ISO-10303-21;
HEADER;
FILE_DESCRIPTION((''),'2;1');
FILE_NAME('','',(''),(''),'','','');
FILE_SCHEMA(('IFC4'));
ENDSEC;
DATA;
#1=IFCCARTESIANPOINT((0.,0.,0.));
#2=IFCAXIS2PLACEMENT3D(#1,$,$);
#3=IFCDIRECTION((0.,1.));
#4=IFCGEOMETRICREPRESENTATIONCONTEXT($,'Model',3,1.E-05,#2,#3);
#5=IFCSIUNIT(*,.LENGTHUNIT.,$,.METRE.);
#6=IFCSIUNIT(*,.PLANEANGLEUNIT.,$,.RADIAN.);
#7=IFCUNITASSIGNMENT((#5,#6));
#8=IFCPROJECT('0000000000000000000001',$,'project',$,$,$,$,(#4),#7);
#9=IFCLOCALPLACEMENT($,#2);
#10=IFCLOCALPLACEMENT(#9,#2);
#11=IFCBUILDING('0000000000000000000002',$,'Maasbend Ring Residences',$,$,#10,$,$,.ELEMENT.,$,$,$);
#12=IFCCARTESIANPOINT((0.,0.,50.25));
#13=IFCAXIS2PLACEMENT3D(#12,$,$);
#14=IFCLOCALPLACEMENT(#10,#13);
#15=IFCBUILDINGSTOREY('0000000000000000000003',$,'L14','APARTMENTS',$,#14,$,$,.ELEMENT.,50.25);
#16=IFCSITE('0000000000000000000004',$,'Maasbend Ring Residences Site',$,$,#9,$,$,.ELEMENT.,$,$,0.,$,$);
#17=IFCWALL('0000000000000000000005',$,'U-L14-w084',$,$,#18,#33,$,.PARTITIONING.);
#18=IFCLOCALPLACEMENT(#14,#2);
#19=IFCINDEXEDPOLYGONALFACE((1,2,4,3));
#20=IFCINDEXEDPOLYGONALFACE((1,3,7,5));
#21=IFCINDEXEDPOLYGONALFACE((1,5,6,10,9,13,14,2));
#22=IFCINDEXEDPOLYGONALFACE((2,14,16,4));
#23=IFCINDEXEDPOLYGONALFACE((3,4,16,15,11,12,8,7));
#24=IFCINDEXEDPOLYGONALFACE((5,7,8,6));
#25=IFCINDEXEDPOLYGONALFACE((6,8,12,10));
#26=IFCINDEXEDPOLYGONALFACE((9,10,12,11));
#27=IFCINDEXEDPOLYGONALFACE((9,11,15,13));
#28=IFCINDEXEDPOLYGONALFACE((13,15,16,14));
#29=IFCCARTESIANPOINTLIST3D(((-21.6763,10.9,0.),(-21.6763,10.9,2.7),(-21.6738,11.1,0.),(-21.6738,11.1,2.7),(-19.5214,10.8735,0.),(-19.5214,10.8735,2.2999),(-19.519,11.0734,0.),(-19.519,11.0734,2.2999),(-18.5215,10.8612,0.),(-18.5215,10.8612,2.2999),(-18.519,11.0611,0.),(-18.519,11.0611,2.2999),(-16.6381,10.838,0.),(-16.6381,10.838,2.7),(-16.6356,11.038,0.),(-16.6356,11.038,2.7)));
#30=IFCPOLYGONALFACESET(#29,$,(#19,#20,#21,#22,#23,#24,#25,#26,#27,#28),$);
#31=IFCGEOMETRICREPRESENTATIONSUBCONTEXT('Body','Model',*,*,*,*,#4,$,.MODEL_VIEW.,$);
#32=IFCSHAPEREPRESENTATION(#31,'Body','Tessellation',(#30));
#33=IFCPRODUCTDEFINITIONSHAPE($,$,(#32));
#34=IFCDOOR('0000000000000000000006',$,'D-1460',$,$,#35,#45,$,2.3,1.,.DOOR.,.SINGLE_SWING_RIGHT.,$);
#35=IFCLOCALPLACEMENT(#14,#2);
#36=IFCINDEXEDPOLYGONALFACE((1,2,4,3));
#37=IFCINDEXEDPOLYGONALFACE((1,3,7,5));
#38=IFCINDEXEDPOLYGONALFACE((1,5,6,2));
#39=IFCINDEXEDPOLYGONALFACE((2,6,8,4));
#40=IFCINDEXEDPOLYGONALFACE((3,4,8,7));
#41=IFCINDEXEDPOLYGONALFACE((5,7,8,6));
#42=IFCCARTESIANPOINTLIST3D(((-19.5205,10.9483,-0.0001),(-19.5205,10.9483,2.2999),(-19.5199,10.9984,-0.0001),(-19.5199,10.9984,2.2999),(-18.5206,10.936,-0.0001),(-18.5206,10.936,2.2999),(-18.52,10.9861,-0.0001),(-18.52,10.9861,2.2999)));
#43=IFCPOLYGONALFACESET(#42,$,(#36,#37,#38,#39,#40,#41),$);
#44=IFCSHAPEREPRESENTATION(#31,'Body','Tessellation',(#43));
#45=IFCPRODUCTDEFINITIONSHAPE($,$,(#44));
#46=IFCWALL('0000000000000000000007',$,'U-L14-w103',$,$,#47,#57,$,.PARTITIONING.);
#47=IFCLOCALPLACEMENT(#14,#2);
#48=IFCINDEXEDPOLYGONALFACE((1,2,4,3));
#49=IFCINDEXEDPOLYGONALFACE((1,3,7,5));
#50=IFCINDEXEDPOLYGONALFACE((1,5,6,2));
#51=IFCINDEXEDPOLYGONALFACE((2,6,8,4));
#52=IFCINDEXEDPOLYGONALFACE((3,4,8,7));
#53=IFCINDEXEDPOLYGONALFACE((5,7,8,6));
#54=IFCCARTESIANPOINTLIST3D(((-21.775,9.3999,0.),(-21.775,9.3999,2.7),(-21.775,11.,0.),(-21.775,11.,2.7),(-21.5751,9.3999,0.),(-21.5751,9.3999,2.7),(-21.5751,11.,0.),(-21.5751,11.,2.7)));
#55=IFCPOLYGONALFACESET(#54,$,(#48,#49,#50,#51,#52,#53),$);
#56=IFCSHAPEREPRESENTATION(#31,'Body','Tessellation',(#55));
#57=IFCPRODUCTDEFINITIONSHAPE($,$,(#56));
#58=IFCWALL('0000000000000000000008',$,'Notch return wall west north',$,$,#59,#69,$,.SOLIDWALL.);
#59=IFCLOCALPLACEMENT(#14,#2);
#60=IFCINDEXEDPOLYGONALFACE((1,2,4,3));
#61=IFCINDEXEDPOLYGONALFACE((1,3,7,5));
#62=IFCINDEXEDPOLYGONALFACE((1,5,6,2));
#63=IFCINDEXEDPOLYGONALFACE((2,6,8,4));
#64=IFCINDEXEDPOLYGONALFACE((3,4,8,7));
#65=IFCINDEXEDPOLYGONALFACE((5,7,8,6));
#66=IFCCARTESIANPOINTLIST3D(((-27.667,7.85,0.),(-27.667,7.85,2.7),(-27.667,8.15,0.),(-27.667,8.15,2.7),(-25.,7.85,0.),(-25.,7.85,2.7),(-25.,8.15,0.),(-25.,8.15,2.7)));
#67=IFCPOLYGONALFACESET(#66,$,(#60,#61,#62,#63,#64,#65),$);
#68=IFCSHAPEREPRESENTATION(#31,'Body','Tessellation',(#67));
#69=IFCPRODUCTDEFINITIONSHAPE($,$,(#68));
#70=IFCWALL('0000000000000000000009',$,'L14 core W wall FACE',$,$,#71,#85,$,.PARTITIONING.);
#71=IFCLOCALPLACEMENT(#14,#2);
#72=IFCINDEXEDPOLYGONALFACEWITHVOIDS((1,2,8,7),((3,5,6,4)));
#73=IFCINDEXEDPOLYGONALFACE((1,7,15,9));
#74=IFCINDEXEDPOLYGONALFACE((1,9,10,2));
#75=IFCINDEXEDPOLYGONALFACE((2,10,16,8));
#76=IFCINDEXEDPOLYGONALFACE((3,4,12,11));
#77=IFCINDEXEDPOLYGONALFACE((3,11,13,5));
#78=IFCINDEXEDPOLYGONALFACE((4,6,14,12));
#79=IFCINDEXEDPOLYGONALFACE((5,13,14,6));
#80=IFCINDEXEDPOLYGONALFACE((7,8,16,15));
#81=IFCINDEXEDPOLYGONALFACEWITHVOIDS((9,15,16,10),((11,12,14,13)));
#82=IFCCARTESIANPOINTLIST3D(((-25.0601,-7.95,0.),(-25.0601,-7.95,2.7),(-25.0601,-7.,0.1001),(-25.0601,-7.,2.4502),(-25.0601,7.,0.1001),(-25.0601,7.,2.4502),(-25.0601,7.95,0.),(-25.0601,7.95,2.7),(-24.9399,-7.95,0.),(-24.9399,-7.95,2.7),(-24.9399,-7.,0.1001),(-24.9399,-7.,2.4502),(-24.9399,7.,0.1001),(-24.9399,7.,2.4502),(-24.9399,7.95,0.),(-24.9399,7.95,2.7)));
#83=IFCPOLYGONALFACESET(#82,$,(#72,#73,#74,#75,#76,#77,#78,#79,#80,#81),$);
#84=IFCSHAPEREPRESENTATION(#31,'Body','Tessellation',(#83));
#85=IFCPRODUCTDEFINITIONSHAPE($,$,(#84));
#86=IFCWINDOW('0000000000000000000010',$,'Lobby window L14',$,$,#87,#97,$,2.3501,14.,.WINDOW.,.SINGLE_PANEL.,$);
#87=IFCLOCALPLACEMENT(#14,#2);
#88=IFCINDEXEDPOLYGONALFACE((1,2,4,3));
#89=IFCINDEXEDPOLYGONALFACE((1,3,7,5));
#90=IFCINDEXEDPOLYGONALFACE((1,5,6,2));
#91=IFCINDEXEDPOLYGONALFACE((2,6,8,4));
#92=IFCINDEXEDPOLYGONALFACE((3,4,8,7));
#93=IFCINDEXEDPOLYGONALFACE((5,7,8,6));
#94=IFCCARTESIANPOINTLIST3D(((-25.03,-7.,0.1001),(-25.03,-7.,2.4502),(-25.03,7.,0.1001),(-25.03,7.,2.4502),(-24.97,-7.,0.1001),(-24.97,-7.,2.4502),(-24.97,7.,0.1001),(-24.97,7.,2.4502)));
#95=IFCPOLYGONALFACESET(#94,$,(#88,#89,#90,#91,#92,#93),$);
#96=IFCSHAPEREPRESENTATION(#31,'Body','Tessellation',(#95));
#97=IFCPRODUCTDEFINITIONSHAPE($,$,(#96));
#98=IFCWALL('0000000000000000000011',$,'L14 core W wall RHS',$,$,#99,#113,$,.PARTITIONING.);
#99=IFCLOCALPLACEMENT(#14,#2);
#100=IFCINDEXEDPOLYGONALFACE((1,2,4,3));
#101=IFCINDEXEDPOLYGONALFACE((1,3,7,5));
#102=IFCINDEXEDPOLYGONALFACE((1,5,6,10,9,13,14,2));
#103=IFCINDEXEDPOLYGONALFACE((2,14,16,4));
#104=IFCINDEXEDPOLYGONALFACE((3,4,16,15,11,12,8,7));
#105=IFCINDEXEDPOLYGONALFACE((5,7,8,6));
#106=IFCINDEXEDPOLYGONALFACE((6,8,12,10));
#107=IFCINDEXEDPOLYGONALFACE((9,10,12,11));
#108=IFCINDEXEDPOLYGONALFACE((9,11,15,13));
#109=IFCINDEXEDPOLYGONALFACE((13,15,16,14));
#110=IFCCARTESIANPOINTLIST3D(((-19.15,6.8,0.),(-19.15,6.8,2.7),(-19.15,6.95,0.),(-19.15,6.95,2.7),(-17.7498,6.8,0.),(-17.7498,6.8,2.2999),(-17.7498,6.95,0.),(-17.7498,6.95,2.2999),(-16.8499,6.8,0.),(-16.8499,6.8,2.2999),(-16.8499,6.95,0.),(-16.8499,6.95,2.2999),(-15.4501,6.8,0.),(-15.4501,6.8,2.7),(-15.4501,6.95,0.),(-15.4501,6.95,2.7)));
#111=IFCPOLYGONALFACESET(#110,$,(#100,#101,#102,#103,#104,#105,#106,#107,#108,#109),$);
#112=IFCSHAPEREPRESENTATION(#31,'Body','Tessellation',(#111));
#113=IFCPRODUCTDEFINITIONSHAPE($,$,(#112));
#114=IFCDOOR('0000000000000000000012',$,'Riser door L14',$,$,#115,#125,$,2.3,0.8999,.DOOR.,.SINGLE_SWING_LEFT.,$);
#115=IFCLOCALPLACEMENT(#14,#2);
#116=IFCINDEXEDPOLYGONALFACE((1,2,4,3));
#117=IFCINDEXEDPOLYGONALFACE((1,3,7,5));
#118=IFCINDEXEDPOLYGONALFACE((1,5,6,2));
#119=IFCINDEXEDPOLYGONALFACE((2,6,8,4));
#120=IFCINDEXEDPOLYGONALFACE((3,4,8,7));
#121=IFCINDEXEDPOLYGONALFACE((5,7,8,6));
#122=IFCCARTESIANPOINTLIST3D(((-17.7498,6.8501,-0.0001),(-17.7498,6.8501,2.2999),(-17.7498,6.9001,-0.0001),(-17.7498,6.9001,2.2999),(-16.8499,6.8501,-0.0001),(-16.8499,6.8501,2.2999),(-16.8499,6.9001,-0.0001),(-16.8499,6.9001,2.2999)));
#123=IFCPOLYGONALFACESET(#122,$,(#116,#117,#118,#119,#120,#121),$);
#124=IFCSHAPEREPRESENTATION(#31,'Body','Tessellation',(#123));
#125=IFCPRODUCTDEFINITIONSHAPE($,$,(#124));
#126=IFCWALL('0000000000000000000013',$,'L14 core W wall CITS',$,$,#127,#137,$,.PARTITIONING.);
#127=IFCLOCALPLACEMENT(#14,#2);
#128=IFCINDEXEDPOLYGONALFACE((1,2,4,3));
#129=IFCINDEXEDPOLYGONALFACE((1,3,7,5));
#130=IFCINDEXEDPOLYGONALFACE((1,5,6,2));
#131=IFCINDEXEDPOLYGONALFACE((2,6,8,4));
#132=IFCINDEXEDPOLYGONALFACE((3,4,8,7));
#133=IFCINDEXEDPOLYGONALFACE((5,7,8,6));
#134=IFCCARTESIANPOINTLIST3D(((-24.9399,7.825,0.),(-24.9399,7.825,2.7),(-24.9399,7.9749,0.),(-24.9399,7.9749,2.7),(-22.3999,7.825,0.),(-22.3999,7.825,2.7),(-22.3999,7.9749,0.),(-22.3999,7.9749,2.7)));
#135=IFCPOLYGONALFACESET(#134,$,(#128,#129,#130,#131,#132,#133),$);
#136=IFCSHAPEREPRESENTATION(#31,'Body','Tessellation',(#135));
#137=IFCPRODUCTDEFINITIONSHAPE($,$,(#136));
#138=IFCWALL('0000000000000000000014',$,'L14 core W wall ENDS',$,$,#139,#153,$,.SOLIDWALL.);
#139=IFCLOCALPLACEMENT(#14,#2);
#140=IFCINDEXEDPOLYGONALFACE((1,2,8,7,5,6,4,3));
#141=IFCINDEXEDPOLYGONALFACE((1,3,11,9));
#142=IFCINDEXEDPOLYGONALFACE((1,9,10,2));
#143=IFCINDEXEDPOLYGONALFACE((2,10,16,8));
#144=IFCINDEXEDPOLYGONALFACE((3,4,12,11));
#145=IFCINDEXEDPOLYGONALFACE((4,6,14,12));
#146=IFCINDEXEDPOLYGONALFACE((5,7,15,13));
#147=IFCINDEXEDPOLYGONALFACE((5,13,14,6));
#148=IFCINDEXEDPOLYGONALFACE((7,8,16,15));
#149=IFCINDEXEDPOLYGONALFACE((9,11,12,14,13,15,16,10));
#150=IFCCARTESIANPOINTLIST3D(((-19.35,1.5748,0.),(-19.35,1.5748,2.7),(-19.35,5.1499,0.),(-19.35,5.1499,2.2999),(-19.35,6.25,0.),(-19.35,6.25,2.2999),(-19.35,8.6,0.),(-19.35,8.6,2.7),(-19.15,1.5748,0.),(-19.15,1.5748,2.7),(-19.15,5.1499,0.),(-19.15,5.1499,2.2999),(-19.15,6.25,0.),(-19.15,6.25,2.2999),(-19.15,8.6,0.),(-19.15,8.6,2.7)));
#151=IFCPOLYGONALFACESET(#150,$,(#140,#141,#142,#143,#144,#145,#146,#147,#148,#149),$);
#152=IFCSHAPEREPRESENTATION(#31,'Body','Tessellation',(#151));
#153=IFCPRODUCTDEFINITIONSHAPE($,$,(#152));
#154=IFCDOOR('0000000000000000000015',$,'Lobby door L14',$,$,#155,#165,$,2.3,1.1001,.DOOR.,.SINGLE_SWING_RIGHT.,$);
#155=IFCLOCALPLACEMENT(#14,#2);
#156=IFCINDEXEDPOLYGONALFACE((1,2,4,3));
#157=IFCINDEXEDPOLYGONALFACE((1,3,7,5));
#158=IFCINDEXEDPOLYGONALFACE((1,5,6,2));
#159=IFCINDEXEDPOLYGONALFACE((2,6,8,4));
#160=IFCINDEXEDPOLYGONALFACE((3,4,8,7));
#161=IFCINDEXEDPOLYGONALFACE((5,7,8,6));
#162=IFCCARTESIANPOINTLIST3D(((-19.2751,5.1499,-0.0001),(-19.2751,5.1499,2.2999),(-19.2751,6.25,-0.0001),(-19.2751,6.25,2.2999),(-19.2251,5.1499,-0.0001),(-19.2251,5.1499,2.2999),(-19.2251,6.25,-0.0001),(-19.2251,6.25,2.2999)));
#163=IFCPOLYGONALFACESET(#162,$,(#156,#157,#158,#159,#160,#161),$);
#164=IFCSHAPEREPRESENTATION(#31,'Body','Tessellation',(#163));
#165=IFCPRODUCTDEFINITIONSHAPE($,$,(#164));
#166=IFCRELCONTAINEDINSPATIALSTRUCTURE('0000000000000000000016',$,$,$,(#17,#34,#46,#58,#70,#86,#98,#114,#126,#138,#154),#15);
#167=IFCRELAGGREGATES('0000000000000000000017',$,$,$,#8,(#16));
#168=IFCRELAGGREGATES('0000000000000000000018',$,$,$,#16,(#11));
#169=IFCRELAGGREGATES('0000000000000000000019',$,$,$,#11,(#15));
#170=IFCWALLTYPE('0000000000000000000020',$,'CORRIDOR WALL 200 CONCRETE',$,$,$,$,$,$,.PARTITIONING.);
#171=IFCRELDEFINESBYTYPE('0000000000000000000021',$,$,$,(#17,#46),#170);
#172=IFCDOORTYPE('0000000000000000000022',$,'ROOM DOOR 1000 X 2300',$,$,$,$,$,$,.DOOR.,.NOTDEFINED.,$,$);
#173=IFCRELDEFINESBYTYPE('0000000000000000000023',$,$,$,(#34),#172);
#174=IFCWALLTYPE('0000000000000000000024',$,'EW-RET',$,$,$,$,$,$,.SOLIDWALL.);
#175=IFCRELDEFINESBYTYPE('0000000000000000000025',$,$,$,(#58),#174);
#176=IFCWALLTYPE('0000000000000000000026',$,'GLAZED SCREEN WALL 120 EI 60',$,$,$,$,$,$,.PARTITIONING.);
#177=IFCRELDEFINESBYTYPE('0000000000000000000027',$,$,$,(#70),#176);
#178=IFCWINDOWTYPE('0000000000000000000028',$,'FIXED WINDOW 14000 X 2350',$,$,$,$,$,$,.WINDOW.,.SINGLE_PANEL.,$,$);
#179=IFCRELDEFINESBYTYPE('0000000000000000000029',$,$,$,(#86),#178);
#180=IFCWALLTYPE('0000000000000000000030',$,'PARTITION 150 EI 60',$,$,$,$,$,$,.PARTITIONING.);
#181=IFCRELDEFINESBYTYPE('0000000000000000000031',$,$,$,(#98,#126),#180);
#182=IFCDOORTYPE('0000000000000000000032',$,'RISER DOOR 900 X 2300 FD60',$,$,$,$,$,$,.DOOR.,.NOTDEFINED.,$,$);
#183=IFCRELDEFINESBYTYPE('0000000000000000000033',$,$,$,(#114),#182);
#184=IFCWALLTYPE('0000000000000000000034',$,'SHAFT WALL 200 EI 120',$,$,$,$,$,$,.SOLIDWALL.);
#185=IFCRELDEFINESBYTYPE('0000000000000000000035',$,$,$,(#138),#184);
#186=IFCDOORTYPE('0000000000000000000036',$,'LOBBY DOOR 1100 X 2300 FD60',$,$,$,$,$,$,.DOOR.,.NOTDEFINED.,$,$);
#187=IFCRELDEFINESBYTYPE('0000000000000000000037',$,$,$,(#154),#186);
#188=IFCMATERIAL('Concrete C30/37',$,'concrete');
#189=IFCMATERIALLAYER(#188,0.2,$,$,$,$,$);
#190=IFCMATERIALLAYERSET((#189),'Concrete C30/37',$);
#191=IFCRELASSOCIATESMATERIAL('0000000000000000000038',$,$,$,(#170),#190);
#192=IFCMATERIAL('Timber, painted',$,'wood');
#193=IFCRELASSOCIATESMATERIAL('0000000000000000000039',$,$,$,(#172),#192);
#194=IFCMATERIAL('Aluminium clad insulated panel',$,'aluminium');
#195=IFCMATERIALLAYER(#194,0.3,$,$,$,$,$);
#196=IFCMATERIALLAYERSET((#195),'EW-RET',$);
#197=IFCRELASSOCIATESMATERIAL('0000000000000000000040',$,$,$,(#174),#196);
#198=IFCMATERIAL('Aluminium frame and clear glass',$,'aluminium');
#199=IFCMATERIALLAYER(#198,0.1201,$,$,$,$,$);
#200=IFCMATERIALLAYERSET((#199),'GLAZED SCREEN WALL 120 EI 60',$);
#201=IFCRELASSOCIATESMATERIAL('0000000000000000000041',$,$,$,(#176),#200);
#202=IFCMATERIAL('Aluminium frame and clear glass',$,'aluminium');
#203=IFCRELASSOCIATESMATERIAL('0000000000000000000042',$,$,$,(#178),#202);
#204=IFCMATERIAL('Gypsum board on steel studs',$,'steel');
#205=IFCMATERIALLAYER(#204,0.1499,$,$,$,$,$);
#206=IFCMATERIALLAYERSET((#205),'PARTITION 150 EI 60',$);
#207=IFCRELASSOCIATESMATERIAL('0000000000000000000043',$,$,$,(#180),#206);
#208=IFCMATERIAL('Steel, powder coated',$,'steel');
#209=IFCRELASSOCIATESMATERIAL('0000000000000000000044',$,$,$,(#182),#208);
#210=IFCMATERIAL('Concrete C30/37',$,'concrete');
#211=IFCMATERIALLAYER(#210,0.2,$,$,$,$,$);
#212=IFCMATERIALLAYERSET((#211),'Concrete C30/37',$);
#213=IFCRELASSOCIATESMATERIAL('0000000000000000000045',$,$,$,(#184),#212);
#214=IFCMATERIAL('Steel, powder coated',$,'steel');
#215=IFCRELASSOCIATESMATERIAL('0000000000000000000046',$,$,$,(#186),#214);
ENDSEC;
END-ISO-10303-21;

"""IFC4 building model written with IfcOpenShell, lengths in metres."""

from ifc_helpers import new_model, si_unit, direction, frame, frame_2d, origin, place, context, subcontext, project, spatial, rectangle, extrude, material, layer, layer_set, type_object, element, fill, save


model = new_model("IFC4")

# Units and contexts
model_context = context("Model", 3, precision=1e-05, world=origin(), true_north=direction((0.0, 1.0)))
body_context = subcontext(model_context, "Body", "Model", "MODEL_VIEW")
ifc_project = project(units=[si_unit("LENGTHUNIT", "METRE"), si_unit("PLANEANGLEUNIT", "RADIAN")], contexts=[model_context])

# Site, building, storey
site_placement = place(None, origin())
site = spatial("IfcSite", under=ifc_project, at=site_placement, Name="Maasbend Ring Residences Site", CompositionType="ELEMENT", RefElevation=0.0)
building_placement = place(site_placement, origin())
building = spatial("IfcBuilding", under=site, at=building_placement, Name="Maasbend Ring Residences", CompositionType="ELEMENT")
storey_placement = place(building_placement, frame((0.0, 0.0, 50.25)))
storey = spatial("IfcBuildingStorey", under=building, at=storey_placement, Name="L14", Description="APARTMENTS", CompositionType="ELEMENT", Elevation=50.25)

# Wall, opening, door
ifc_material_1 = material(Name="Concrete C30/37", Category="concrete")
ifc_layer_1 = layer(ifc_material_1, 0.2)
ifc_layer_set_1 = layer_set([ifc_layer_1], Name="Concrete C30/37")
wall_type_1 = type_object("IfcWallType", Name="CORRIDOR WALL 200 CONCRETE", PredefinedType="PARTITIONING", material=ifc_layer_set_1)
wall_1_placement = place(storey_placement, frame((-21.675, 11.0, 0.0), z_axis=(0.0, 0.0, 1.0), x_axis=(0.999924, -0.012308, 0.0)))
wall_1 = element("IfcWall", 1, at=wall_1_placement, inside=storey, type_object=wall_type_1, Name="U-L14-w084", PredefinedType="PARTITIONING", context=body_context, shape_type="SweptSolid", body=[
    extrude(rectangle(XDim=5.0386, YDim=0.2, at=frame_2d((2.5193, 0.0))), origin(), (0.0, 0.0, 1.0), 2.7),
])
opening_1_placement = place(wall_1_placement, frame((2.155, 0.0, 0.0)))
opening_1 = element("IfcOpeningElement", 2, at=opening_1_placement, cuts=wall_1, PredefinedType="OPENING", context=body_context, shape_type="SweptSolid", body=[
    extrude(rectangle(XDim=1.0, YDim=2.3, at=frame_2d((0.5, 1.1499))), frame((0.0, 0.1099, 0.0), z_axis=(0.0, -1.0, 0.0), x_axis=(1.0, 0.0, 0.0)), (0.0, 0.0, 1.0), 0.22),
])
ifc_material_2 = material(Name="Timber, painted", Category="wood")
door_type_1 = type_object("IfcDoorType", Name="ROOM DOOR 1000 X 2300", OperationType="NOTDEFINED", PredefinedType="DOOR", material=ifc_material_2)
door_1_placement = place(opening_1_placement, origin())
door_1 = element("IfcDoor", 3, at=door_1_placement, inside=storey, type_object=door_type_1, Name="D-1460", OperationType="SINGLE_SWING_RIGHT", OverallHeight=2.3, OverallWidth=1.0, PredefinedType="DOOR", context=body_context, shape_type="SweptSolid", body=[
    extrude(rectangle(XDim=1.0, YDim=2.3, at=frame_2d((0.5, 1.1499))), frame((0.0, 0.0249, 0.0), z_axis=(0.0, -1.0, 0.0), x_axis=(1.0, 0.0, 0.0)), (0.0, 0.0, 1.0), 0.05),
])
fill(opening_1, door_1)

# Walls
wall_2_placement = place(storey_placement, frame((-21.675, 9.3999, 0.0), z_axis=(0.0, 0.0, 1.0), x_axis=(0.0, 1.0, 0.0)))
element("IfcWall", 4, at=wall_2_placement, inside=storey, type_object=wall_type_1, Name="U-L14-w103", PredefinedType="PARTITIONING", context=body_context, shape_type="SweptSolid", body=[
    extrude(rectangle(XDim=1.6001, YDim=0.2, at=frame_2d((0.8, 0.0))), origin(), (0.0, 0.0, 1.0), 2.7),
])
ifc_material_3 = material(Name="Aluminium clad insulated panel", Category="aluminium")
ifc_layer_2 = layer(ifc_material_3, 0.3)
ifc_layer_set_2 = layer_set([ifc_layer_2], Name="EW-RET")
wall_type_2 = type_object("IfcWallType", Name="EW-RET", PredefinedType="SOLIDWALL", material=ifc_layer_set_2)
wall_3_placement = place(storey_placement, frame((-25.0, 8.0, 0.0), z_axis=(0.0, 0.0, 1.0), x_axis=(-1.0, 0.0, 0.0)))
element("IfcWall", 5, at=wall_3_placement, inside=storey, type_object=wall_type_2, Name="Notch return wall west north", PredefinedType="SOLIDWALL", context=body_context, shape_type="SweptSolid", body=[
    extrude(rectangle(XDim=2.667, YDim=0.3, at=frame_2d((1.3335, 0.0))), origin(), (0.0, 0.0, 1.0), 2.7),
])

# Wall, opening, window
ifc_material_4 = material(Name="Aluminium frame and clear glass", Category="aluminium")
ifc_layer_3 = layer(ifc_material_4, 0.1201)
ifc_layer_set_3 = layer_set([ifc_layer_3], Name="GLAZED SCREEN WALL 120 EI 60")
wall_type_3 = type_object("IfcWallType", Name="GLAZED SCREEN WALL 120 EI 60", PredefinedType="PARTITIONING", material=ifc_layer_set_3)
wall_4_placement = place(storey_placement, frame((-25.0, 7.95, 0.0), z_axis=(0.0, 0.0, 1.0), x_axis=(0.0, -1.0, 0.0)))
wall_4 = element("IfcWall", 6, at=wall_4_placement, inside=storey, type_object=wall_type_3, Name="L14 core W wall FACE", PredefinedType="PARTITIONING", context=body_context, shape_type="SweptSolid", body=[
    extrude(rectangle(XDim=15.8999, YDim=0.1201, at=frame_2d((7.95, 0.0))), origin(), (0.0, 0.0, 1.0), 2.7),
])
opening_2_placement = place(wall_4_placement, frame((0.95, 0.0, 0.1001)))
opening_2 = element("IfcOpeningElement", 7, at=opening_2_placement, cuts=wall_4, PredefinedType="OPENING", context=body_context, shape_type="SweptSolid", body=[
    extrude(rectangle(XDim=14.0, YDim=2.3501, at=frame_2d((7.0, 1.175))), frame((0.0, 0.0701, 0.0), z_axis=(0.0, -1.0, 0.0), x_axis=(1.0, 0.0, 0.0)), (0.0, 0.0, 1.0), 0.1401),
])
ifc_material_5 = material(Name="Aluminium frame and clear glass", Category="aluminium")
window_type = type_object("IfcWindowType", Name="FIXED WINDOW 14000 X 2350", PartitioningType="SINGLE_PANEL", PredefinedType="WINDOW", material=ifc_material_5)
window_placement = place(opening_2_placement, origin())
window = element("IfcWindow", 8, at=window_placement, inside=storey, type_object=window_type, Name="Lobby window L14", OverallHeight=2.3501, OverallWidth=14.0, PartitioningType="SINGLE_PANEL", PredefinedType="WINDOW", context=body_context, shape_type="SweptSolid", body=[
    extrude(rectangle(XDim=14.0, YDim=2.3501, at=frame_2d((7.0, 1.175))), frame((0.0, 0.03, 0.0), z_axis=(0.0, -1.0, 0.0), x_axis=(1.0, 0.0, 0.0)), (0.0, 0.0, 1.0), 0.0601),
])
fill(opening_2, window)

# Wall, opening, door
ifc_material_6 = material(Name="Gypsum board on steel studs", Category="steel")
ifc_layer_4 = layer(ifc_material_6, 0.1499)
ifc_layer_set_4 = layer_set([ifc_layer_4], Name="PARTITION 150 EI 60")
wall_type_4 = type_object("IfcWallType", Name="PARTITION 150 EI 60", PredefinedType="PARTITIONING", material=ifc_layer_set_4)
wall_5_placement = place(storey_placement, frame((-15.45, 6.875, 0.0), z_axis=(0.0, 0.0, 1.0), x_axis=(-1.0, 0.0, 0.0)))
wall_5 = element("IfcWall", 9, at=wall_5_placement, inside=storey, type_object=wall_type_4, Name="L14 core W wall RHS", PredefinedType="PARTITIONING", context=body_context, shape_type="SweptSolid", body=[
    extrude(rectangle(XDim=3.7, YDim=0.1499, at=frame_2d((1.8501, 0.0))), origin(), (0.0, 0.0, 1.0), 2.7),
])
opening_3_placement = place(wall_5_placement, frame((1.3999, 0.0, 0.0)))
opening_3 = element("IfcOpeningElement", 10, at=opening_3_placement, cuts=wall_5, PredefinedType="OPENING", context=body_context, shape_type="SweptSolid", body=[
    extrude(rectangle(XDim=0.8999, YDim=2.3, at=frame_2d((0.45, 1.1499))), frame((0.0, 0.085, 0.0), z_axis=(0.0, -1.0, 0.0), x_axis=(1.0, 0.0, 0.0)), (0.0, 0.0, 1.0), 0.1699),
])
ifc_material_7 = material(Name="Steel, powder coated", Category="steel")
door_type_2 = type_object("IfcDoorType", Name="RISER DOOR 900 X 2300 FD60", OperationType="NOTDEFINED", PredefinedType="DOOR", material=ifc_material_7)
door_2_placement = place(opening_3_placement, origin())
door_2 = element("IfcDoor", 11, at=door_2_placement, inside=storey, type_object=door_type_2, Name="Riser door L14", OperationType="SINGLE_SWING_LEFT", OverallHeight=2.3, OverallWidth=0.8999, PredefinedType="DOOR", context=body_context, shape_type="SweptSolid", body=[
    extrude(rectangle(XDim=0.8999, YDim=2.3, at=frame_2d((0.45, 1.1499))), frame((0.0, 0.0249, 0.0), z_axis=(0.0, -1.0, 0.0), x_axis=(1.0, 0.0, 0.0)), (0.0, 0.0, 1.0), 0.05),
])
fill(opening_3, door_2)

# Wall
wall_6_placement = place(storey_placement, frame((-22.3999, 7.8999, 0.0), z_axis=(0.0, 0.0, 1.0), x_axis=(-1.0, 0.0, 0.0)))
element("IfcWall", 12, at=wall_6_placement, inside=storey, type_object=wall_type_4, Name="L14 core W wall CITS", PredefinedType="PARTITIONING", context=body_context, shape_type="SweptSolid", body=[
    extrude(rectangle(XDim=2.54, YDim=0.1499, at=frame_2d((1.27, 0.0))), origin(), (0.0, 0.0, 1.0), 2.7),
])

# Wall, opening, door
ifc_material_8 = material(Name="Concrete C30/37", Category="concrete")
ifc_layer_5 = layer(ifc_material_8, 0.2)
ifc_layer_set_5 = layer_set([ifc_layer_5], Name="Concrete C30/37")
wall_type_5 = type_object("IfcWallType", Name="SHAFT WALL 200 EI 120", PredefinedType="SOLIDWALL", material=ifc_layer_set_5)
wall_7_placement = place(storey_placement, frame((-19.25, 8.6001, 0.0), z_axis=(0.0, 0.0, 1.0), x_axis=(0.0, -1.0, 0.0)))
wall_7 = element("IfcWall", 13, at=wall_7_placement, inside=storey, type_object=wall_type_5, Name="L14 core W wall ENDS", PredefinedType="SOLIDWALL", context=body_context, shape_type="SweptSolid", body=[
    extrude(rectangle(XDim=7.0251, YDim=0.2, at=frame_2d((3.5127, 0.0))), origin(), (0.0, 0.0, 1.0), 2.7),
])
opening_4_placement = place(wall_7_placement, frame((2.3501, 0.0, 0.0)))
opening_4 = element("IfcOpeningElement", 14, at=opening_4_placement, cuts=wall_7, PredefinedType="OPENING", context=body_context, shape_type="SweptSolid", body=[
    extrude(rectangle(XDim=1.1001, YDim=2.3, at=frame_2d((0.55, 1.1499))), frame((0.0, 0.1099, 0.0), z_axis=(0.0, -1.0, 0.0), x_axis=(1.0, 0.0, 0.0)), (0.0, 0.0, 1.0), 0.22),
])
ifc_material_9 = material(Name="Steel, powder coated", Category="steel")
door_type_3 = type_object("IfcDoorType", Name="LOBBY DOOR 1100 X 2300 FD60", OperationType="NOTDEFINED", PredefinedType="DOOR", material=ifc_material_9)
door_3_placement = place(opening_4_placement, origin())
door_3 = element("IfcDoor", 15, at=door_3_placement, inside=storey, type_object=door_type_3, Name="Lobby door L14", OperationType="SINGLE_SWING_RIGHT", OverallHeight=2.3, OverallWidth=1.1001, PredefinedType="DOOR", context=body_context, shape_type="SweptSolid", body=[
    extrude(rectangle(XDim=1.1001, YDim=2.3, at=frame_2d((0.55, 1.1499))), frame((0.0, 0.0249, 0.0), z_axis=(0.0, -1.0, 0.0), x_axis=(1.0, 0.0, 0.0)), (0.0, 0.0, 1.0), 0.05),
])
fill(opening_4, door_3)

save(model, "model.ifc")
